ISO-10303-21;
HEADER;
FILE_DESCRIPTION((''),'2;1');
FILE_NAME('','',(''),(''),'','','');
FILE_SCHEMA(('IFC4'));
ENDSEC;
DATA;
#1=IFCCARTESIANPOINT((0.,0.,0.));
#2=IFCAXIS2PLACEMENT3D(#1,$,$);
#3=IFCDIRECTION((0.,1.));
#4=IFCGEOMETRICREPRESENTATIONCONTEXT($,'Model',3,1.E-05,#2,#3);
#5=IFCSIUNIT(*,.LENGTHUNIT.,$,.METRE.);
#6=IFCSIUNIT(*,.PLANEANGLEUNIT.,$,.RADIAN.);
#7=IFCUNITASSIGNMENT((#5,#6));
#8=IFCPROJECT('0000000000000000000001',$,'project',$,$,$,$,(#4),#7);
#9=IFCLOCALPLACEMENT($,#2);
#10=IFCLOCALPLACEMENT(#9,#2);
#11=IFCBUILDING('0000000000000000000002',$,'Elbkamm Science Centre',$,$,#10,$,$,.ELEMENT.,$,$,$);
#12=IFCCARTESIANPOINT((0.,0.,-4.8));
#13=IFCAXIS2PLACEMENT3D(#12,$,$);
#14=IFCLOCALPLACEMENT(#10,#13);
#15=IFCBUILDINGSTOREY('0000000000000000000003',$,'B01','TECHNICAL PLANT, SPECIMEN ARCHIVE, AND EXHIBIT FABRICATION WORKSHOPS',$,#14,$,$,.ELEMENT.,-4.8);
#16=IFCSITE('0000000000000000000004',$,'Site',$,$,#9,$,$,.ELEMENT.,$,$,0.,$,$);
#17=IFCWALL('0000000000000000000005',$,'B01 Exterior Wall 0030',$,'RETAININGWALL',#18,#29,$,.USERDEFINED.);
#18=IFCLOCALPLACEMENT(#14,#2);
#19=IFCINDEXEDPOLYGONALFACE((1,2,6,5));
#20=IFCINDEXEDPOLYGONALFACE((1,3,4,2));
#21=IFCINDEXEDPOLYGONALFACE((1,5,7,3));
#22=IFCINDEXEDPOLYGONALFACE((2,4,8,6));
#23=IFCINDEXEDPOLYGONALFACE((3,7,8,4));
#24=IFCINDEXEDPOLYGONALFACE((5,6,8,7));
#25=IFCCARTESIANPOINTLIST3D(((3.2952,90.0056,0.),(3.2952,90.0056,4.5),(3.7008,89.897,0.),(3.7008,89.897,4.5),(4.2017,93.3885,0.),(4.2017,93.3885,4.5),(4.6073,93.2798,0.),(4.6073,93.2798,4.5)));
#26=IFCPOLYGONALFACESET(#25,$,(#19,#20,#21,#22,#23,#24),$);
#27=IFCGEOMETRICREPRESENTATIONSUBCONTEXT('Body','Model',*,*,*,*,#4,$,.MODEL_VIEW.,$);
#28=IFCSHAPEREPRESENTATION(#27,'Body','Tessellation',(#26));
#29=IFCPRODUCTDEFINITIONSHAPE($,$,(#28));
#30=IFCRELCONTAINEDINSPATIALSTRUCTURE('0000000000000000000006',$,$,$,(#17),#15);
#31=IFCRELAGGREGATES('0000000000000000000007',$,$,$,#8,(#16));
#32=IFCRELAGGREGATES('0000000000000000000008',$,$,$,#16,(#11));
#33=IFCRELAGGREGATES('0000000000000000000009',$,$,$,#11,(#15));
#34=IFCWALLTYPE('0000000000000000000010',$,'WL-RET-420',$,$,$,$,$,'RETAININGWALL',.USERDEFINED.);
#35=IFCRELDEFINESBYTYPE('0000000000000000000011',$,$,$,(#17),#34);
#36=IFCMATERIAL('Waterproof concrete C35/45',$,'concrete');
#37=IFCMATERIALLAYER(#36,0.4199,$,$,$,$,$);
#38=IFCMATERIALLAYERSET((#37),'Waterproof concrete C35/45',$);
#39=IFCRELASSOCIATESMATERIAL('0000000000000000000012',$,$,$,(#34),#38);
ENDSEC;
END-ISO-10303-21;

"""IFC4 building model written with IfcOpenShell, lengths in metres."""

from ifc_helpers import new_model, si_unit, direction, frame, frame_2d, origin, place, context, subcontext, project, spatial, rectangle, extrude, material, layer, layer_set, type_object, element, save


model = new_model("IFC4")

# Units and contexts
model_context = context("Model", 3, precision=1e-05, world=origin(), true_north=direction((0.0, 1.0)))
body_context = subcontext(model_context, "Body", "Model", "MODEL_VIEW")
ifc_project = project(units=[si_unit("LENGTHUNIT", "METRE"), si_unit("PLANEANGLEUNIT", "RADIAN")], contexts=[model_context])

# Site, building, storey
site_placement = place(None, origin())
site = spatial("IfcSite", under=ifc_project, at=site_placement, Name="Site", CompositionType="ELEMENT", RefElevation=0.0)
building_placement = place(site_placement, origin())
building = spatial("IfcBuilding", under=site, at=building_placement, Name="Elbkamm Science Centre", CompositionType="ELEMENT")
storey_placement = place(building_placement, frame((0.0, 0.0, -4.8)))
storey = spatial("IfcBuildingStorey", under=building, at=storey_placement, Name="B01", Description="TECHNICAL PLANT, SPECIMEN ARCHIVE, AND EXHIBIT FABRICATION WORKSHOPS", CompositionType="ELEMENT", Elevation=-4.8)

# Wall
ifc_material_1 = material(Name="Waterproof concrete C35/45", Category="concrete")
ifc_layer_1 = layer(ifc_material_1, 0.4199)
ifc_layer_set_1 = layer_set([ifc_layer_1], Name="Waterproof concrete C35/45")
wall_type_1 = type_object("IfcWallType", Name="WL-RET-420", ElementType="RETAININGWALL", PredefinedType="USERDEFINED", material=ifc_layer_set_1)
wall_1_placement = place(storey_placement, frame((3.498, 89.9514, 0.0), z_axis=(0.0, 0.0, 1.0), x_axis=(0.258838, 0.965921, 0.0)))
element("IfcWall", 1, at=wall_1_placement, inside=storey, type_object=wall_type_1, Name="B01 Exterior Wall 0030", ObjectType="RETAININGWALL", PredefinedType="USERDEFINED", context=body_context, shape_type="SweptSolid", body=[
    extrude(rectangle(XDim=3.5022, YDim=0.4199, at=frame_2d((1.751, 0.0))), origin(), (0.0, 0.0, 1.0), 4.5),
])

save(model, "model.ifc")
